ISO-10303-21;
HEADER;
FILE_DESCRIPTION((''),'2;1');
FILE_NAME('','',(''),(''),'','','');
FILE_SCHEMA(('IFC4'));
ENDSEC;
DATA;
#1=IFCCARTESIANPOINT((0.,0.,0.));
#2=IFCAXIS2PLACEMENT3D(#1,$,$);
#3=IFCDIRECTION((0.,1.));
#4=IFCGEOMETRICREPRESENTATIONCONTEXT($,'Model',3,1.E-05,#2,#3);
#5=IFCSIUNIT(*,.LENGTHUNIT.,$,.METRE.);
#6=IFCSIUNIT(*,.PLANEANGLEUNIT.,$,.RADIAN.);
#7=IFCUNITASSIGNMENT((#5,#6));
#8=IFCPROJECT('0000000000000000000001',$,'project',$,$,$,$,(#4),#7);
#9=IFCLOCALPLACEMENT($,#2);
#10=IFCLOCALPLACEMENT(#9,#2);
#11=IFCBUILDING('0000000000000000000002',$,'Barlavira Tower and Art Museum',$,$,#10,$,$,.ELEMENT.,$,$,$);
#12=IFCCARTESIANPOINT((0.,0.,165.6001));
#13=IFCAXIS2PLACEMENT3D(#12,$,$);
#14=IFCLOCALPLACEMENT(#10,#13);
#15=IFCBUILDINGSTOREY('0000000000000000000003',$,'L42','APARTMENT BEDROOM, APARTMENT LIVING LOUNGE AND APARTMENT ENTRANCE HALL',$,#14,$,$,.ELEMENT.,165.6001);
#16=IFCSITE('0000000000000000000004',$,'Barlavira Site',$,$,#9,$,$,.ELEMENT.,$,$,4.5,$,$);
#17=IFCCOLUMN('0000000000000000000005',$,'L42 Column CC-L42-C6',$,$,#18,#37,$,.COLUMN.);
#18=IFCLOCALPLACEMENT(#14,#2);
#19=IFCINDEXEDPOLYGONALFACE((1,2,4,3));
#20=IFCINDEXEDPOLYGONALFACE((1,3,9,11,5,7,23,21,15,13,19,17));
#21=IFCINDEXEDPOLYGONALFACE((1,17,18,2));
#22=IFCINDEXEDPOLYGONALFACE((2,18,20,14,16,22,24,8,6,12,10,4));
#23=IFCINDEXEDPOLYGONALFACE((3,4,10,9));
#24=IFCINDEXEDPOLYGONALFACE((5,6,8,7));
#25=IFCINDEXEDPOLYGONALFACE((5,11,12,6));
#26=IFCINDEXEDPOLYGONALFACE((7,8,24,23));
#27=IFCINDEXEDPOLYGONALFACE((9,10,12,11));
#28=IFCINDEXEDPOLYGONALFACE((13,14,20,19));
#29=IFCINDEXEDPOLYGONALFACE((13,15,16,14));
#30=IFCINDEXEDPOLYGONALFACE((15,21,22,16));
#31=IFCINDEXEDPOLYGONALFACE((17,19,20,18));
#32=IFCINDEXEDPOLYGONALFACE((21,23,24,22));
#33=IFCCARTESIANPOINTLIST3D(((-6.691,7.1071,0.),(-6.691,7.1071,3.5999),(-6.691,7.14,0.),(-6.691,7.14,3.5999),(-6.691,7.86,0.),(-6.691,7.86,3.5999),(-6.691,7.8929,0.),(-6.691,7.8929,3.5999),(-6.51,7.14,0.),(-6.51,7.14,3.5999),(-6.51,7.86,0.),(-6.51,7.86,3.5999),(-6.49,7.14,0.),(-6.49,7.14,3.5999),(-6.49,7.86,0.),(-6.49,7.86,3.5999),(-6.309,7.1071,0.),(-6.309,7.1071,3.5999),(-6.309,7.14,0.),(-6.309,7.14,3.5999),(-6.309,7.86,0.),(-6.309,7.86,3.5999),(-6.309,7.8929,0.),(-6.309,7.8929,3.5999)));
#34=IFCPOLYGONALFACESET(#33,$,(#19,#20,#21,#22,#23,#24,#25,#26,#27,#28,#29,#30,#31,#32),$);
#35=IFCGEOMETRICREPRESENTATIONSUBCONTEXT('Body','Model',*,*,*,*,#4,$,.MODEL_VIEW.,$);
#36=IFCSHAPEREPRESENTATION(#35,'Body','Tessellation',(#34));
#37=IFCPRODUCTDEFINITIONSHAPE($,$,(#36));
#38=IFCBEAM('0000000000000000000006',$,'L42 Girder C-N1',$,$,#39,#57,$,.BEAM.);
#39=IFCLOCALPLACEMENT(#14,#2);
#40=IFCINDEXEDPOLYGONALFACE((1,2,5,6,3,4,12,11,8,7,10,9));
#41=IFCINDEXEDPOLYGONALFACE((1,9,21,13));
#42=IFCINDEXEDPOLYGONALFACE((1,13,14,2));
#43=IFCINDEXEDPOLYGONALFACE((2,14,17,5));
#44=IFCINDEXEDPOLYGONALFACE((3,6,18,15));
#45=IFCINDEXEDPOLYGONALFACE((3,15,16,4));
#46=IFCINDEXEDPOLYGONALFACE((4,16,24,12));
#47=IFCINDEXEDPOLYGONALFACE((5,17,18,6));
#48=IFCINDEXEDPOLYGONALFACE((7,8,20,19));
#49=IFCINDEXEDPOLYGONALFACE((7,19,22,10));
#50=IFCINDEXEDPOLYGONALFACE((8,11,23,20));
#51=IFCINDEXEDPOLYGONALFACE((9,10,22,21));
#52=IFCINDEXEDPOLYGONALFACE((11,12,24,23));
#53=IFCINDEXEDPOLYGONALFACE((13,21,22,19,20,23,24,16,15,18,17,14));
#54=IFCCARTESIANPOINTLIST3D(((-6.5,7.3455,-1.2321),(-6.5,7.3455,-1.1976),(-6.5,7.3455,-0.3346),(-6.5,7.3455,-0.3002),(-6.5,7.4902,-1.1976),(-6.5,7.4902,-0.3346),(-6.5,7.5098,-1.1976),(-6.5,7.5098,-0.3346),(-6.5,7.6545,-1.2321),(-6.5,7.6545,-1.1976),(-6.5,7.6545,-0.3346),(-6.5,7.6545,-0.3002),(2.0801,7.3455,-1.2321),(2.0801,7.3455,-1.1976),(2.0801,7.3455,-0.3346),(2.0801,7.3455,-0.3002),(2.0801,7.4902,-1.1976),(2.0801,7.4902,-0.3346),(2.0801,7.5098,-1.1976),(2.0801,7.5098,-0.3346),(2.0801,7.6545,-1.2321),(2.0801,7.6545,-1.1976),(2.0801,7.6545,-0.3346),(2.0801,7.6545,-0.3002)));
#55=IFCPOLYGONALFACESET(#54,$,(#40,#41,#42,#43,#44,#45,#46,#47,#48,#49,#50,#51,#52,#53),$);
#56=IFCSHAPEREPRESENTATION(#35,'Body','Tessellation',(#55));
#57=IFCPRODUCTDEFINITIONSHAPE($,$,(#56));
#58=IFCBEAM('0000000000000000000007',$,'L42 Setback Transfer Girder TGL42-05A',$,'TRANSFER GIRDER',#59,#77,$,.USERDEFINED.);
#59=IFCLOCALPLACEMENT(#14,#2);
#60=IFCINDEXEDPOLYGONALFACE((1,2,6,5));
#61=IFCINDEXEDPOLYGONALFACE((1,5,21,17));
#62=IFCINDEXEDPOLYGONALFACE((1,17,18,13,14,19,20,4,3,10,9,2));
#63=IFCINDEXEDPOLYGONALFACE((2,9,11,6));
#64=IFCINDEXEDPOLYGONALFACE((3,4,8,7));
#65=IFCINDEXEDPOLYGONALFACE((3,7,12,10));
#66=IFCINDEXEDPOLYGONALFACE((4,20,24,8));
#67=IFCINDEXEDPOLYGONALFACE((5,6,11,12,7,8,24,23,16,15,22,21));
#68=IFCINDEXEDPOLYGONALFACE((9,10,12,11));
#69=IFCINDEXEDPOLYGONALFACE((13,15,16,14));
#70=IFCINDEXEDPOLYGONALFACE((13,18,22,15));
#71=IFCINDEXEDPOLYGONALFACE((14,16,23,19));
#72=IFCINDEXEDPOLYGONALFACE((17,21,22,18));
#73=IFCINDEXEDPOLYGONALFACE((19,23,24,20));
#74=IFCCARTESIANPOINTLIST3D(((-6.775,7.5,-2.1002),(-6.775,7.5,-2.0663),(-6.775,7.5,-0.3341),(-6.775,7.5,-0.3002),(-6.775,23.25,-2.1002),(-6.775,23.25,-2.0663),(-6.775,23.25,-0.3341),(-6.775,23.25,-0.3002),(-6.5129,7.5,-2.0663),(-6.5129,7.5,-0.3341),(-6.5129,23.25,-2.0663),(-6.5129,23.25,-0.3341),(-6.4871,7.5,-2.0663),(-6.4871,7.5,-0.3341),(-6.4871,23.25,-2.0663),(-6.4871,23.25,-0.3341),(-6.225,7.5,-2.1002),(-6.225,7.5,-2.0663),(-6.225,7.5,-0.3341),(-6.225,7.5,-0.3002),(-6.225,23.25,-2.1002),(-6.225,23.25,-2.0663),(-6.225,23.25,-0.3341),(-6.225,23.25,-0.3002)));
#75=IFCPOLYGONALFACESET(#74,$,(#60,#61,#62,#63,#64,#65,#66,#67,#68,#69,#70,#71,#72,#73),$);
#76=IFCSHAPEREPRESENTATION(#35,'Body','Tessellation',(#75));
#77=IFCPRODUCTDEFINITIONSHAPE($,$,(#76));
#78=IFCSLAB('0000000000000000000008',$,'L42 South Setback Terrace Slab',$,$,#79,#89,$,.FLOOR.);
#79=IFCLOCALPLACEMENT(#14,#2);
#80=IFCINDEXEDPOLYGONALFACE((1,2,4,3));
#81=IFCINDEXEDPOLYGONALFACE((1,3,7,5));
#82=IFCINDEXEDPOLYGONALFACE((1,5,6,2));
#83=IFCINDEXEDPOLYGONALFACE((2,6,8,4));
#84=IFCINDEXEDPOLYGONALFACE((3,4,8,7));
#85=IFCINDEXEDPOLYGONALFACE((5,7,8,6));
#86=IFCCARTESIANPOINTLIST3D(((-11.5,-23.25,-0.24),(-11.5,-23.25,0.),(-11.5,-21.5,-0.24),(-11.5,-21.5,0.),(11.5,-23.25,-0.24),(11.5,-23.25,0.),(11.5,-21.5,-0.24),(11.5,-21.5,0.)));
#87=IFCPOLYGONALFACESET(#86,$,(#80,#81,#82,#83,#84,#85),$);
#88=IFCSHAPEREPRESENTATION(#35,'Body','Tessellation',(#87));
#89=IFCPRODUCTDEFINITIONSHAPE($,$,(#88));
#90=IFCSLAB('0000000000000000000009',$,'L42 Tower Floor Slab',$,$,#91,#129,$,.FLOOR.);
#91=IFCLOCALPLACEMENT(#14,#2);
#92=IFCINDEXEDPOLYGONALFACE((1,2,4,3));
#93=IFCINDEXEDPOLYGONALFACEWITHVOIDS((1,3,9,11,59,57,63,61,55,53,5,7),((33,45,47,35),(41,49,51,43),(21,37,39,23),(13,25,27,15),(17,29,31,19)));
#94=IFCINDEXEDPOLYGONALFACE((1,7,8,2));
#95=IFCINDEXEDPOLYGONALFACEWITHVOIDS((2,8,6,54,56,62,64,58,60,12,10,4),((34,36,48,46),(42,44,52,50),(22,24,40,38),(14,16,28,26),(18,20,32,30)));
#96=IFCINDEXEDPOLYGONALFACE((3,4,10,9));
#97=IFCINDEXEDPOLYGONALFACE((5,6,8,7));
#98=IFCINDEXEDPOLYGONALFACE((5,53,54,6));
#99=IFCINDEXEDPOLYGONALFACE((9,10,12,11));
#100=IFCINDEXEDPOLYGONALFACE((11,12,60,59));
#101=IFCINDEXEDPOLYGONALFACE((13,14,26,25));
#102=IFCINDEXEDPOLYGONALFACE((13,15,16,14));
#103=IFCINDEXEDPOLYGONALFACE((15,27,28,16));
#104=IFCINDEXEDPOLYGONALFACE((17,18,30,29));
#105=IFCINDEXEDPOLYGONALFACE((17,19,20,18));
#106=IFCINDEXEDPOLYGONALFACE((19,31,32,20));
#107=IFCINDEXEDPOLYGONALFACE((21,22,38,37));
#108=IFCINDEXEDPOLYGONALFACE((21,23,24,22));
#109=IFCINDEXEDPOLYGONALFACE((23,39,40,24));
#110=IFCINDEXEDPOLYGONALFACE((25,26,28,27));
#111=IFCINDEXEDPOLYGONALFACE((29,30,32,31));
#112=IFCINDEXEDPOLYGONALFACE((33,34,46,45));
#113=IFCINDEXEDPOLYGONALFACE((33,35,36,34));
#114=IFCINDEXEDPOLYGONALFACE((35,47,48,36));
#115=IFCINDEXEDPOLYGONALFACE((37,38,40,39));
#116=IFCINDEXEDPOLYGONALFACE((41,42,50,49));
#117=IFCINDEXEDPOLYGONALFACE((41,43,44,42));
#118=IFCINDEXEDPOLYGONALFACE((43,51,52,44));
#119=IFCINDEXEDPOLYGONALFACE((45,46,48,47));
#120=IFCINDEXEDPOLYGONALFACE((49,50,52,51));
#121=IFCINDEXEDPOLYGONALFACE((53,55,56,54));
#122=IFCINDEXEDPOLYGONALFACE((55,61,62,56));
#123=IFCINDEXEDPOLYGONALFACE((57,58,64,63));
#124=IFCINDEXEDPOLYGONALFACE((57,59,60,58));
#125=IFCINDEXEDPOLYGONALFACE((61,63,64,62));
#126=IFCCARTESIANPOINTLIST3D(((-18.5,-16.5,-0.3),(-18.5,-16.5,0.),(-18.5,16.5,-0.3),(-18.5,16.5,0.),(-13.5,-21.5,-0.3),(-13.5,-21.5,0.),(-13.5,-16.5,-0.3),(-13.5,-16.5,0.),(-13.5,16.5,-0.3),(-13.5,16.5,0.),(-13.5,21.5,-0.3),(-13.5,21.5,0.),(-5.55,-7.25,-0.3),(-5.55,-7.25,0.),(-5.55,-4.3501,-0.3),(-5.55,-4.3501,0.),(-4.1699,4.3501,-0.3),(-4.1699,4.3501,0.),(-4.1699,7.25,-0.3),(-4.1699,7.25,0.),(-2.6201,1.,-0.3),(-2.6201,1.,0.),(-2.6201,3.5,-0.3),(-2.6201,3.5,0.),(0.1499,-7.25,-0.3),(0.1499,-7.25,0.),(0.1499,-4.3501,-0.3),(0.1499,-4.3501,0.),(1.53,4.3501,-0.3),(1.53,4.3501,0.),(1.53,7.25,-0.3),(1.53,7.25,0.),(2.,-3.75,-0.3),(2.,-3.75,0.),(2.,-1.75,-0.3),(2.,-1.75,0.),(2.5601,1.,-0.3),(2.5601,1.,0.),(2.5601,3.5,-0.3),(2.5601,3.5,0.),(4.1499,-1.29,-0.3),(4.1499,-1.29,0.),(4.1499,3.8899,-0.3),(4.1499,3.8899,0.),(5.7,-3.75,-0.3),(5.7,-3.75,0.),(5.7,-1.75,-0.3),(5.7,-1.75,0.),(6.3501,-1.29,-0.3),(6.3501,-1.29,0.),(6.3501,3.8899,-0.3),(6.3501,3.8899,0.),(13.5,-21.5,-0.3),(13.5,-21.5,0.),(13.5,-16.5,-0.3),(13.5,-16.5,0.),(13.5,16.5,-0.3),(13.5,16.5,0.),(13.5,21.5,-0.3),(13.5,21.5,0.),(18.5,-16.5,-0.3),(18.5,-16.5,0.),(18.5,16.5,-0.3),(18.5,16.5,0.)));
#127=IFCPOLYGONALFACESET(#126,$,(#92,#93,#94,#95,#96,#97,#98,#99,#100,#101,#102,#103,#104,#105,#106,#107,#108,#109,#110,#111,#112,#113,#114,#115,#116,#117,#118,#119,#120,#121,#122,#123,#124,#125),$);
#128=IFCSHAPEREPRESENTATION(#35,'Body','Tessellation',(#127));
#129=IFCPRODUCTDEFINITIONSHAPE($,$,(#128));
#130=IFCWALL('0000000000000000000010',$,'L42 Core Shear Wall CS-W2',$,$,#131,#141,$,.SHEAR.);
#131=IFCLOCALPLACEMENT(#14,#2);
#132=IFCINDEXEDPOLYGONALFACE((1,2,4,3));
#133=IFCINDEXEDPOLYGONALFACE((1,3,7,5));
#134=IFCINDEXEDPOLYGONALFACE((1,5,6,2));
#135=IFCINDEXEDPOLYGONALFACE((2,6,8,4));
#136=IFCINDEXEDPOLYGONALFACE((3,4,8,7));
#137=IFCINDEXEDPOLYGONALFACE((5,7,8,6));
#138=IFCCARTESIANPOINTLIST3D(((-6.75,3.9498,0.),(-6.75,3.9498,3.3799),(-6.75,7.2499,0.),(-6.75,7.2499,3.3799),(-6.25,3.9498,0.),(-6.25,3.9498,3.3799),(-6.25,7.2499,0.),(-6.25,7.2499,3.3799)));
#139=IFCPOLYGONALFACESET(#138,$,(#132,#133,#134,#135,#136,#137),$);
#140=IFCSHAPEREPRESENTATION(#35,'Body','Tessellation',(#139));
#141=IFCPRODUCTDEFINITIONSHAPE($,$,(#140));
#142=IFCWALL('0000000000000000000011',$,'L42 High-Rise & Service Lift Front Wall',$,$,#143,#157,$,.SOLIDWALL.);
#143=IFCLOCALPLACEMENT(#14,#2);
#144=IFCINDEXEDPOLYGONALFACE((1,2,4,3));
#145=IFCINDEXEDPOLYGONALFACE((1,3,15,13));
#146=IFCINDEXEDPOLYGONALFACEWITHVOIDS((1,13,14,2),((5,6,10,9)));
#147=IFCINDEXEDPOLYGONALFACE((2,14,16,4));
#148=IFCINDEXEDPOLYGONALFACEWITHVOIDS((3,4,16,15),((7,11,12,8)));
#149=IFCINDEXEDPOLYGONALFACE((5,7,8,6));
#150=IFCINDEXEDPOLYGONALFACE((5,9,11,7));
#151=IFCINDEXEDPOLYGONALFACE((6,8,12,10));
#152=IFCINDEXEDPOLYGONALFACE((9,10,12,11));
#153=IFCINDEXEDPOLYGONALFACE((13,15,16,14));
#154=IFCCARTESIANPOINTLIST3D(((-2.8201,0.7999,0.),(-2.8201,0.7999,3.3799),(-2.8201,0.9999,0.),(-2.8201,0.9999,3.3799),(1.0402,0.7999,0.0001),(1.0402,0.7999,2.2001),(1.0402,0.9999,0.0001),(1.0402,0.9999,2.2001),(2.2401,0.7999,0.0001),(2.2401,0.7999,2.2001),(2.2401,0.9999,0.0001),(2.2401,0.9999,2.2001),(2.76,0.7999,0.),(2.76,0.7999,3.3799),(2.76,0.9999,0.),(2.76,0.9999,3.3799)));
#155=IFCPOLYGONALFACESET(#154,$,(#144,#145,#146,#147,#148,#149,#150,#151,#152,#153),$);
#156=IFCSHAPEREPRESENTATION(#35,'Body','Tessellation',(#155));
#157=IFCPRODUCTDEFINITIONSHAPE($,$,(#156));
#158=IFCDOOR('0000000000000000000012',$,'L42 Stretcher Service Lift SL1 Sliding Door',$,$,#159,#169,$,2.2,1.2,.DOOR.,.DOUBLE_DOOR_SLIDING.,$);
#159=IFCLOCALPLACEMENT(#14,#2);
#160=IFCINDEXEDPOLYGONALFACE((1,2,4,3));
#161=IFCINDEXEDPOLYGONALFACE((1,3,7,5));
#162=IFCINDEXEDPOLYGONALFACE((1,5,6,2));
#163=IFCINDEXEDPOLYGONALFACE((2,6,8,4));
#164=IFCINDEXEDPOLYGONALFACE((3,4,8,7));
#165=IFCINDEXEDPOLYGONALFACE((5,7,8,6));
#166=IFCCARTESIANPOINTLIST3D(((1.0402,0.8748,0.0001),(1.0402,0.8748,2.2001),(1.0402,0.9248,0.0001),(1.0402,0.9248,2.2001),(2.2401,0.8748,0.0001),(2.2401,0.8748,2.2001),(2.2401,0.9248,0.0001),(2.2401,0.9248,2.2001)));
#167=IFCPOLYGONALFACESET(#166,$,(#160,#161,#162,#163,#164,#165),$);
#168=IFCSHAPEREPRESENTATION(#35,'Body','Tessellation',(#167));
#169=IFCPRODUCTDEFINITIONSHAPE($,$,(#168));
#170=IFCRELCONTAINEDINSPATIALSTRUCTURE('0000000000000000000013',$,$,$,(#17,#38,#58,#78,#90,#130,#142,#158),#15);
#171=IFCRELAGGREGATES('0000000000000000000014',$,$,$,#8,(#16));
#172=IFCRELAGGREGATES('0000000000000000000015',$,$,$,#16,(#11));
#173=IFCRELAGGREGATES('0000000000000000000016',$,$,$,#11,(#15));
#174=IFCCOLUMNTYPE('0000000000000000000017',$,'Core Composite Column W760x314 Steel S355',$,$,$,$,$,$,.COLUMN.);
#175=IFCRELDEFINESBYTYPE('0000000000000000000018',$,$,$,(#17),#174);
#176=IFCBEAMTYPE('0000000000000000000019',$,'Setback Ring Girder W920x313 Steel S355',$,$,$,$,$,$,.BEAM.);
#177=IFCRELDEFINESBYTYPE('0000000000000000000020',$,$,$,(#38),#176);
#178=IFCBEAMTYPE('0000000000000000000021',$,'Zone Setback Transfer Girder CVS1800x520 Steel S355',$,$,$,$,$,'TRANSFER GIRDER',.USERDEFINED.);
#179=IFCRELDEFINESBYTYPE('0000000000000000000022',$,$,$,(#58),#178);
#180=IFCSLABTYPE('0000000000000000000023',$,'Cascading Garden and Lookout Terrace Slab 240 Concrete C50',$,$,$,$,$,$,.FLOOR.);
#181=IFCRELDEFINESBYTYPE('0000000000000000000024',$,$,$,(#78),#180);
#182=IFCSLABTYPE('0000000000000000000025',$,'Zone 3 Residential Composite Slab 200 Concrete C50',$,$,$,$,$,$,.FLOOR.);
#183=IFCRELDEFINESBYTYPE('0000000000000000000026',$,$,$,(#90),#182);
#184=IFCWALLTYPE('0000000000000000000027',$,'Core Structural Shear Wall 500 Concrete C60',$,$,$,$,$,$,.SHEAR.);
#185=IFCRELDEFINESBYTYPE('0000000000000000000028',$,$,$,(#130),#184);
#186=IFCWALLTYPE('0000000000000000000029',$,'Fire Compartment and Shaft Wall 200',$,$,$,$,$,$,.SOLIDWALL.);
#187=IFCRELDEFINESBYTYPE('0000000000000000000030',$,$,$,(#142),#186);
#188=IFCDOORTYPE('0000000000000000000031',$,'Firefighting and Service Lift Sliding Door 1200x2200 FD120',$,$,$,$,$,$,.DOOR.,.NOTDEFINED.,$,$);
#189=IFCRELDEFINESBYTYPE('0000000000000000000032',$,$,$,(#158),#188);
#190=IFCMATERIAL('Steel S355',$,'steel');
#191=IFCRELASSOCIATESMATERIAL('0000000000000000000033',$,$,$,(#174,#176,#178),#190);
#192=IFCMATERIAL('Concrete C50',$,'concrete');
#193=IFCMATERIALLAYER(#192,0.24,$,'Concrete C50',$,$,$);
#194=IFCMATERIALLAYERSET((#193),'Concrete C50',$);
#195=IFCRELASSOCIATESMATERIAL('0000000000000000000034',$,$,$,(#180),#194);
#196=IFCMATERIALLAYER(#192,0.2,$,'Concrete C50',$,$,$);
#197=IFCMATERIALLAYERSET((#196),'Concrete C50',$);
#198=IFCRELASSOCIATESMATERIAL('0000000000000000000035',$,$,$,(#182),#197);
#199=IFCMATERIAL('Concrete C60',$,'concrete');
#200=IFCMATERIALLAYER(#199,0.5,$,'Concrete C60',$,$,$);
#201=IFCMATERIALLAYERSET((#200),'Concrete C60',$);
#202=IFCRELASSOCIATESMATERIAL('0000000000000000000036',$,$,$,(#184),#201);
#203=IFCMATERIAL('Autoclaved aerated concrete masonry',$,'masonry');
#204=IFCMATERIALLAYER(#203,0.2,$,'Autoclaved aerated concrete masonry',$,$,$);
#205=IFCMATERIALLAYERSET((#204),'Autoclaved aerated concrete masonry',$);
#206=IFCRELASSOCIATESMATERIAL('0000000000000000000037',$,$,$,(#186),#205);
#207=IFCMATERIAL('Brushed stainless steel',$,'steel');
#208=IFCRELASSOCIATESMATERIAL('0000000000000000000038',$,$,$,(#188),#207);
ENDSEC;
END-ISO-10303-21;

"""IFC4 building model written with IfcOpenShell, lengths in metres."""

from ifc_helpers import new_model, si_unit, direction, frame, frame_2d, origin, origin_2d, place, context, subcontext, project, spatial, polyline, rectangle, i_section, outline, extrude, material, layer, layer_set, material_profile, profile_set, type_object, element, fill, save


model = new_model("IFC4")

# Units and contexts
model_context = context("Model", 3, precision=1e-05, world=origin(), true_north=direction((0.0, 1.0)))
body_context = subcontext(model_context, "Body", "Model", "MODEL_VIEW")
ifc_project = project(units=[si_unit("LENGTHUNIT", "METRE"), si_unit("PLANEANGLEUNIT", "RADIAN")], contexts=[model_context])

# Site, building, storey
site_placement = place(None, origin())
site = spatial("IfcSite", under=ifc_project, at=site_placement, Name="Barlavira Site", CompositionType="ELEMENT", RefElevation=4.5)
building_placement = place(site_placement, origin())
building = spatial("IfcBuilding", under=site, at=building_placement, Name="Barlavira Tower and Art Museum", CompositionType="ELEMENT")
storey_placement = place(building_placement, frame((0.0, 0.0, 165.6001)))
storey = spatial("IfcBuildingStorey", under=building, at=storey_placement, Name="L42", Description="APARTMENT BEDROOM, APARTMENT LIVING LOUNGE AND APARTMENT ENTRANCE HALL", CompositionType="ELEMENT", Elevation=165.6001)

# Column
ifc_material_1 = material(Name="Steel S355", Category="steel")
ifc_material_profile_1 = material_profile(ifc_material_1, i_section(OverallWidth=0.3821, OverallDepth=0.7859, WebThickness=0.02, FlangeThickness=0.033, at=origin_2d()), Name="W760x314.0")
ifc_profile_set_1 = profile_set([ifc_material_profile_1], Name="Steel S355")
column_type = type_object("IfcColumnType", Name="Core Composite Column W760x314 Steel S355", PredefinedType="COLUMN", material=ifc_profile_set_1)
column_placement = place(storey_placement, frame((-6.5, 7.5, 0.0), z_axis=(0.0, 0.0, 1.0), x_axis=(1.0, 0.0, 0.0)))
element("IfcColumn", 1, at=column_placement, inside=storey, type_object=column_type, Name="L42 Column CC-L42-C6", PredefinedType="COLUMN", context=body_context, shape_type="SweptSolid", body=[
    extrude(i_section(OverallWidth=0.3821, OverallDepth=0.7859, WebThickness=0.02, FlangeThickness=0.033, at=origin_2d()), origin(), (0.0, 0.0, 1.0), 3.5999),
])

# Beams
ifc_material_profile_2 = material_profile(ifc_material_1, i_section(OverallWidth=0.3091, OverallDepth=0.9319, WebThickness=0.0195, FlangeThickness=0.0344, at=origin_2d()), Name="W920x313.0")
ifc_profile_set_2 = profile_set([ifc_material_profile_2], Name="Steel S355")
beam_type_1 = type_object("IfcBeamType", Name="Setback Ring Girder W920x313 Steel S355", PredefinedType="BEAM", material=ifc_profile_set_2)
beam_1_placement = place(storey_placement, frame((-6.5, 7.5, -0.7661), z_axis=(1.0, 0.0, 0.0), x_axis=(0.0, 1.0, 0.0)))
element("IfcBeam", 2, at=beam_1_placement, inside=storey, type_object=beam_type_1, Name="L42 Girder C-N1", PredefinedType="BEAM", context=body_context, shape_type="SweptSolid", body=[
    extrude(i_section(OverallWidth=0.3091, OverallDepth=0.9319, WebThickness=0.0195, FlangeThickness=0.0344, at=origin_2d()), origin(), (0.0, 0.0, 1.0), 8.5801),
])
ifc_material_profile_3 = material_profile(ifc_material_1, i_section(OverallWidth=0.55, OverallDepth=1.8, WebThickness=0.0259, FlangeThickness=0.0339, at=origin_2d()), Name="CVS1800x520")
ifc_profile_set_3 = profile_set([ifc_material_profile_3], Name="Steel S355")
beam_type_2 = type_object("IfcBeamType", Name="Zone Setback Transfer Girder CVS1800x520 Steel S355", ElementType="TRANSFER GIRDER", PredefinedType="USERDEFINED", material=ifc_profile_set_3)
beam_2_placement = place(storey_placement, frame((-6.5, 7.5, -1.2002), z_axis=(0.0, 1.0, 0.0), x_axis=(-1.0, 0.0, 0.0)))
element("IfcBeam", 3, at=beam_2_placement, inside=storey, type_object=beam_type_2, Name="L42 Setback Transfer Girder TGL42-05A", ObjectType="TRANSFER GIRDER", PredefinedType="USERDEFINED", context=body_context, shape_type="SweptSolid", body=[
    extrude(i_section(OverallWidth=0.55, OverallDepth=1.8, WebThickness=0.0259, FlangeThickness=0.0339, at=origin_2d()), origin(), (0.0, 0.0, 1.0), 15.75),
])

# Slabs
ifc_material_2 = material(Name="Concrete C50", Category="concrete")
ifc_layer_1 = layer(ifc_material_2, 0.24, Name="Concrete C50")
ifc_layer_set_1 = layer_set([ifc_layer_1], Name="Concrete C50")
slab_type_1 = type_object("IfcSlabType", Name="Cascading Garden and Lookout Terrace Slab 240 Concrete C50", PredefinedType="FLOOR", material=ifc_layer_set_1)
slab_1_placement = place(storey_placement, frame((0.0, 0.0, -0.24)))
element("IfcSlab", 4, at=slab_1_placement, inside=storey, type_object=slab_type_1, Name="L42 South Setback Terrace Slab", PredefinedType="FLOOR", context=body_context, shape_type="SweptSolid", body=[
    extrude(outline(polyline([(-11.5, -23.25), (11.5, -23.25), (11.5, -21.5), (-11.5, -21.5), (-11.5, -23.25)])), origin(), (0.0, 0.0, 1.0), 0.24),
])
ifc_layer_2 = layer(ifc_material_2, 0.2, Name="Concrete C50")
ifc_layer_set_2 = layer_set([ifc_layer_2], Name="Concrete C50")
slab_type_2 = type_object("IfcSlabType", Name="Zone 3 Residential Composite Slab 200 Concrete C50", PredefinedType="FLOOR", material=ifc_layer_set_2)
slab_2_placement = place(storey_placement, frame((0.0, 0.0, -0.3)))
element("IfcSlab", 5, at=slab_2_placement, inside=storey, type_object=slab_type_2, Name="L42 Tower Floor Slab", PredefinedType="FLOOR", context=body_context, shape_type="SweptSolid", body=[
    extrude(outline(polyline([(-13.5, -21.5), (13.5, -21.5), (13.5, -16.5), (18.5, -16.5), (18.5, 16.5), (13.5, 16.5), (13.5, 21.5), (-13.5, 21.5), (-13.5, 16.5), (-18.5, 16.5), (-18.5, -16.5), (-13.5, -16.5), (-13.5, -21.5)]), holes=[polyline([(0.1499, -4.3501), (-5.55, -4.3501), (-5.55, -7.25), (0.1499, -7.25), (0.1499, -4.3501)]), polyline([(-4.1699, 4.3501), (1.53, 4.3501), (1.53, 7.25), (-4.1699, 7.25), (-4.1699, 4.3501)]), polyline([(4.1499, -1.29), (6.3501, -1.29), (6.3501, 3.8899), (4.1499, 3.8899), (4.1499, -1.29)]), polyline([(-2.6201, 1.0), (2.5601, 1.0), (2.5601, 3.5), (-2.6201, 3.5), (-2.6201, 1.0)]), polyline([(2.0, -3.75), (5.7, -3.75), (5.7, -1.75), (2.0, -1.75), (2.0, -3.75)])]), origin(), (0.0, 0.0, 1.0), 0.3),
])

# Shared definitions
ifc_material_3 = material(Name="Concrete C60", Category="concrete")
ifc_layer_3 = layer(ifc_material_3, 0.5, Name="Concrete C60")
ifc_layer_set_3 = layer_set([ifc_layer_3], Name="Concrete C60")
wall_type_1 = type_object("IfcWallType", Name="Core Structural Shear Wall 500 Concrete C60", PredefinedType="SHEAR", material=ifc_layer_set_3)
ifc_material_4 = material(Name="Brushed stainless steel", Category="steel")

# Wall
wall_1_placement = place(storey_placement, frame((-6.5, 3.95, 0.0), z_axis=(0.0, 0.0, 1.0), x_axis=(0.0, 1.0, 0.0)))
element("IfcWall", 6, at=wall_1_placement, inside=storey, type_object=wall_type_1, Name="L42 Core Shear Wall CS-W2", PredefinedType="SHEAR", context=body_context, shape_type="SweptSolid", body=[
    extrude(rectangle(XDim=3.3, YDim=0.5, at=frame_2d((1.6499, 0.0))), origin(), (0.0, 0.0, 1.0), 3.3799),
])

# Wall, opening, door
ifc_material_5 = material(Name="Autoclaved aerated concrete masonry", Category="masonry")
ifc_layer_4 = layer(ifc_material_5, 0.2, Name="Autoclaved aerated concrete masonry")
ifc_layer_set_4 = layer_set([ifc_layer_4], Name="Autoclaved aerated concrete masonry")
wall_type_2 = type_object("IfcWallType", Name="Fire Compartment and Shaft Wall 200", PredefinedType="SOLIDWALL", material=ifc_layer_set_4)
wall_2_placement = place(storey_placement, frame((-2.8201, 0.8999, 0.0), z_axis=(0.0, 0.0, 1.0), x_axis=(1.0, 0.0, 0.0)))
wall_2 = element("IfcWall", 7, at=wall_2_placement, inside=storey, type_object=wall_type_2, Name="L42 High-Rise & Service Lift Front Wall", PredefinedType="SOLIDWALL", context=body_context, shape_type="SweptSolid", body=[
    extrude(rectangle(XDim=5.5801, YDim=0.2, at=frame_2d((2.79, 0.0))), origin(), (0.0, 0.0, 1.0), 3.3799),
])
opening_1_placement = place(wall_2_placement, frame((3.8601, 0.0, 0.0)))
opening_1 = element("IfcOpeningElement", 8, at=opening_1_placement, cuts=wall_2, PredefinedType="OPENING", context=body_context, shape_type="SweptSolid", body=[
    extrude(rectangle(XDim=1.2, YDim=2.2, at=frame_2d((0.6001, 1.1001))), frame((0.0, 0.1099, 0.0), z_axis=(0.0, -1.0, 0.0), x_axis=(1.0, 0.0, 0.0)), (0.0, 0.0, 1.0), 0.22),
])
door_type_1 = type_object("IfcDoorType", Name="Firefighting and Service Lift Sliding Door 1200x2200 FD120", OperationType="NOTDEFINED", PredefinedType="DOOR", material=ifc_material_4)
door_1_placement = place(opening_1_placement, origin())
door_1 = element("IfcDoor", 9, at=door_1_placement, inside=storey, type_object=door_type_1, Name="L42 Stretcher Service Lift SL1 Sliding Door", OperationType="DOUBLE_DOOR_SLIDING", OverallHeight=2.2, OverallWidth=1.2, PredefinedType="DOOR", context=body_context, shape_type="SweptSolid", body=[
    extrude(rectangle(XDim=1.2, YDim=2.2, at=frame_2d((0.6001, 1.1001))), frame((0.0, 0.0249, 0.0), z_axis=(0.0, -1.0, 0.0), x_axis=(1.0, 0.0, 0.0)), (0.0, 0.0, 1.0), 0.05),
])
fill(opening_1, door_1)

save(model, "model.ifc")
